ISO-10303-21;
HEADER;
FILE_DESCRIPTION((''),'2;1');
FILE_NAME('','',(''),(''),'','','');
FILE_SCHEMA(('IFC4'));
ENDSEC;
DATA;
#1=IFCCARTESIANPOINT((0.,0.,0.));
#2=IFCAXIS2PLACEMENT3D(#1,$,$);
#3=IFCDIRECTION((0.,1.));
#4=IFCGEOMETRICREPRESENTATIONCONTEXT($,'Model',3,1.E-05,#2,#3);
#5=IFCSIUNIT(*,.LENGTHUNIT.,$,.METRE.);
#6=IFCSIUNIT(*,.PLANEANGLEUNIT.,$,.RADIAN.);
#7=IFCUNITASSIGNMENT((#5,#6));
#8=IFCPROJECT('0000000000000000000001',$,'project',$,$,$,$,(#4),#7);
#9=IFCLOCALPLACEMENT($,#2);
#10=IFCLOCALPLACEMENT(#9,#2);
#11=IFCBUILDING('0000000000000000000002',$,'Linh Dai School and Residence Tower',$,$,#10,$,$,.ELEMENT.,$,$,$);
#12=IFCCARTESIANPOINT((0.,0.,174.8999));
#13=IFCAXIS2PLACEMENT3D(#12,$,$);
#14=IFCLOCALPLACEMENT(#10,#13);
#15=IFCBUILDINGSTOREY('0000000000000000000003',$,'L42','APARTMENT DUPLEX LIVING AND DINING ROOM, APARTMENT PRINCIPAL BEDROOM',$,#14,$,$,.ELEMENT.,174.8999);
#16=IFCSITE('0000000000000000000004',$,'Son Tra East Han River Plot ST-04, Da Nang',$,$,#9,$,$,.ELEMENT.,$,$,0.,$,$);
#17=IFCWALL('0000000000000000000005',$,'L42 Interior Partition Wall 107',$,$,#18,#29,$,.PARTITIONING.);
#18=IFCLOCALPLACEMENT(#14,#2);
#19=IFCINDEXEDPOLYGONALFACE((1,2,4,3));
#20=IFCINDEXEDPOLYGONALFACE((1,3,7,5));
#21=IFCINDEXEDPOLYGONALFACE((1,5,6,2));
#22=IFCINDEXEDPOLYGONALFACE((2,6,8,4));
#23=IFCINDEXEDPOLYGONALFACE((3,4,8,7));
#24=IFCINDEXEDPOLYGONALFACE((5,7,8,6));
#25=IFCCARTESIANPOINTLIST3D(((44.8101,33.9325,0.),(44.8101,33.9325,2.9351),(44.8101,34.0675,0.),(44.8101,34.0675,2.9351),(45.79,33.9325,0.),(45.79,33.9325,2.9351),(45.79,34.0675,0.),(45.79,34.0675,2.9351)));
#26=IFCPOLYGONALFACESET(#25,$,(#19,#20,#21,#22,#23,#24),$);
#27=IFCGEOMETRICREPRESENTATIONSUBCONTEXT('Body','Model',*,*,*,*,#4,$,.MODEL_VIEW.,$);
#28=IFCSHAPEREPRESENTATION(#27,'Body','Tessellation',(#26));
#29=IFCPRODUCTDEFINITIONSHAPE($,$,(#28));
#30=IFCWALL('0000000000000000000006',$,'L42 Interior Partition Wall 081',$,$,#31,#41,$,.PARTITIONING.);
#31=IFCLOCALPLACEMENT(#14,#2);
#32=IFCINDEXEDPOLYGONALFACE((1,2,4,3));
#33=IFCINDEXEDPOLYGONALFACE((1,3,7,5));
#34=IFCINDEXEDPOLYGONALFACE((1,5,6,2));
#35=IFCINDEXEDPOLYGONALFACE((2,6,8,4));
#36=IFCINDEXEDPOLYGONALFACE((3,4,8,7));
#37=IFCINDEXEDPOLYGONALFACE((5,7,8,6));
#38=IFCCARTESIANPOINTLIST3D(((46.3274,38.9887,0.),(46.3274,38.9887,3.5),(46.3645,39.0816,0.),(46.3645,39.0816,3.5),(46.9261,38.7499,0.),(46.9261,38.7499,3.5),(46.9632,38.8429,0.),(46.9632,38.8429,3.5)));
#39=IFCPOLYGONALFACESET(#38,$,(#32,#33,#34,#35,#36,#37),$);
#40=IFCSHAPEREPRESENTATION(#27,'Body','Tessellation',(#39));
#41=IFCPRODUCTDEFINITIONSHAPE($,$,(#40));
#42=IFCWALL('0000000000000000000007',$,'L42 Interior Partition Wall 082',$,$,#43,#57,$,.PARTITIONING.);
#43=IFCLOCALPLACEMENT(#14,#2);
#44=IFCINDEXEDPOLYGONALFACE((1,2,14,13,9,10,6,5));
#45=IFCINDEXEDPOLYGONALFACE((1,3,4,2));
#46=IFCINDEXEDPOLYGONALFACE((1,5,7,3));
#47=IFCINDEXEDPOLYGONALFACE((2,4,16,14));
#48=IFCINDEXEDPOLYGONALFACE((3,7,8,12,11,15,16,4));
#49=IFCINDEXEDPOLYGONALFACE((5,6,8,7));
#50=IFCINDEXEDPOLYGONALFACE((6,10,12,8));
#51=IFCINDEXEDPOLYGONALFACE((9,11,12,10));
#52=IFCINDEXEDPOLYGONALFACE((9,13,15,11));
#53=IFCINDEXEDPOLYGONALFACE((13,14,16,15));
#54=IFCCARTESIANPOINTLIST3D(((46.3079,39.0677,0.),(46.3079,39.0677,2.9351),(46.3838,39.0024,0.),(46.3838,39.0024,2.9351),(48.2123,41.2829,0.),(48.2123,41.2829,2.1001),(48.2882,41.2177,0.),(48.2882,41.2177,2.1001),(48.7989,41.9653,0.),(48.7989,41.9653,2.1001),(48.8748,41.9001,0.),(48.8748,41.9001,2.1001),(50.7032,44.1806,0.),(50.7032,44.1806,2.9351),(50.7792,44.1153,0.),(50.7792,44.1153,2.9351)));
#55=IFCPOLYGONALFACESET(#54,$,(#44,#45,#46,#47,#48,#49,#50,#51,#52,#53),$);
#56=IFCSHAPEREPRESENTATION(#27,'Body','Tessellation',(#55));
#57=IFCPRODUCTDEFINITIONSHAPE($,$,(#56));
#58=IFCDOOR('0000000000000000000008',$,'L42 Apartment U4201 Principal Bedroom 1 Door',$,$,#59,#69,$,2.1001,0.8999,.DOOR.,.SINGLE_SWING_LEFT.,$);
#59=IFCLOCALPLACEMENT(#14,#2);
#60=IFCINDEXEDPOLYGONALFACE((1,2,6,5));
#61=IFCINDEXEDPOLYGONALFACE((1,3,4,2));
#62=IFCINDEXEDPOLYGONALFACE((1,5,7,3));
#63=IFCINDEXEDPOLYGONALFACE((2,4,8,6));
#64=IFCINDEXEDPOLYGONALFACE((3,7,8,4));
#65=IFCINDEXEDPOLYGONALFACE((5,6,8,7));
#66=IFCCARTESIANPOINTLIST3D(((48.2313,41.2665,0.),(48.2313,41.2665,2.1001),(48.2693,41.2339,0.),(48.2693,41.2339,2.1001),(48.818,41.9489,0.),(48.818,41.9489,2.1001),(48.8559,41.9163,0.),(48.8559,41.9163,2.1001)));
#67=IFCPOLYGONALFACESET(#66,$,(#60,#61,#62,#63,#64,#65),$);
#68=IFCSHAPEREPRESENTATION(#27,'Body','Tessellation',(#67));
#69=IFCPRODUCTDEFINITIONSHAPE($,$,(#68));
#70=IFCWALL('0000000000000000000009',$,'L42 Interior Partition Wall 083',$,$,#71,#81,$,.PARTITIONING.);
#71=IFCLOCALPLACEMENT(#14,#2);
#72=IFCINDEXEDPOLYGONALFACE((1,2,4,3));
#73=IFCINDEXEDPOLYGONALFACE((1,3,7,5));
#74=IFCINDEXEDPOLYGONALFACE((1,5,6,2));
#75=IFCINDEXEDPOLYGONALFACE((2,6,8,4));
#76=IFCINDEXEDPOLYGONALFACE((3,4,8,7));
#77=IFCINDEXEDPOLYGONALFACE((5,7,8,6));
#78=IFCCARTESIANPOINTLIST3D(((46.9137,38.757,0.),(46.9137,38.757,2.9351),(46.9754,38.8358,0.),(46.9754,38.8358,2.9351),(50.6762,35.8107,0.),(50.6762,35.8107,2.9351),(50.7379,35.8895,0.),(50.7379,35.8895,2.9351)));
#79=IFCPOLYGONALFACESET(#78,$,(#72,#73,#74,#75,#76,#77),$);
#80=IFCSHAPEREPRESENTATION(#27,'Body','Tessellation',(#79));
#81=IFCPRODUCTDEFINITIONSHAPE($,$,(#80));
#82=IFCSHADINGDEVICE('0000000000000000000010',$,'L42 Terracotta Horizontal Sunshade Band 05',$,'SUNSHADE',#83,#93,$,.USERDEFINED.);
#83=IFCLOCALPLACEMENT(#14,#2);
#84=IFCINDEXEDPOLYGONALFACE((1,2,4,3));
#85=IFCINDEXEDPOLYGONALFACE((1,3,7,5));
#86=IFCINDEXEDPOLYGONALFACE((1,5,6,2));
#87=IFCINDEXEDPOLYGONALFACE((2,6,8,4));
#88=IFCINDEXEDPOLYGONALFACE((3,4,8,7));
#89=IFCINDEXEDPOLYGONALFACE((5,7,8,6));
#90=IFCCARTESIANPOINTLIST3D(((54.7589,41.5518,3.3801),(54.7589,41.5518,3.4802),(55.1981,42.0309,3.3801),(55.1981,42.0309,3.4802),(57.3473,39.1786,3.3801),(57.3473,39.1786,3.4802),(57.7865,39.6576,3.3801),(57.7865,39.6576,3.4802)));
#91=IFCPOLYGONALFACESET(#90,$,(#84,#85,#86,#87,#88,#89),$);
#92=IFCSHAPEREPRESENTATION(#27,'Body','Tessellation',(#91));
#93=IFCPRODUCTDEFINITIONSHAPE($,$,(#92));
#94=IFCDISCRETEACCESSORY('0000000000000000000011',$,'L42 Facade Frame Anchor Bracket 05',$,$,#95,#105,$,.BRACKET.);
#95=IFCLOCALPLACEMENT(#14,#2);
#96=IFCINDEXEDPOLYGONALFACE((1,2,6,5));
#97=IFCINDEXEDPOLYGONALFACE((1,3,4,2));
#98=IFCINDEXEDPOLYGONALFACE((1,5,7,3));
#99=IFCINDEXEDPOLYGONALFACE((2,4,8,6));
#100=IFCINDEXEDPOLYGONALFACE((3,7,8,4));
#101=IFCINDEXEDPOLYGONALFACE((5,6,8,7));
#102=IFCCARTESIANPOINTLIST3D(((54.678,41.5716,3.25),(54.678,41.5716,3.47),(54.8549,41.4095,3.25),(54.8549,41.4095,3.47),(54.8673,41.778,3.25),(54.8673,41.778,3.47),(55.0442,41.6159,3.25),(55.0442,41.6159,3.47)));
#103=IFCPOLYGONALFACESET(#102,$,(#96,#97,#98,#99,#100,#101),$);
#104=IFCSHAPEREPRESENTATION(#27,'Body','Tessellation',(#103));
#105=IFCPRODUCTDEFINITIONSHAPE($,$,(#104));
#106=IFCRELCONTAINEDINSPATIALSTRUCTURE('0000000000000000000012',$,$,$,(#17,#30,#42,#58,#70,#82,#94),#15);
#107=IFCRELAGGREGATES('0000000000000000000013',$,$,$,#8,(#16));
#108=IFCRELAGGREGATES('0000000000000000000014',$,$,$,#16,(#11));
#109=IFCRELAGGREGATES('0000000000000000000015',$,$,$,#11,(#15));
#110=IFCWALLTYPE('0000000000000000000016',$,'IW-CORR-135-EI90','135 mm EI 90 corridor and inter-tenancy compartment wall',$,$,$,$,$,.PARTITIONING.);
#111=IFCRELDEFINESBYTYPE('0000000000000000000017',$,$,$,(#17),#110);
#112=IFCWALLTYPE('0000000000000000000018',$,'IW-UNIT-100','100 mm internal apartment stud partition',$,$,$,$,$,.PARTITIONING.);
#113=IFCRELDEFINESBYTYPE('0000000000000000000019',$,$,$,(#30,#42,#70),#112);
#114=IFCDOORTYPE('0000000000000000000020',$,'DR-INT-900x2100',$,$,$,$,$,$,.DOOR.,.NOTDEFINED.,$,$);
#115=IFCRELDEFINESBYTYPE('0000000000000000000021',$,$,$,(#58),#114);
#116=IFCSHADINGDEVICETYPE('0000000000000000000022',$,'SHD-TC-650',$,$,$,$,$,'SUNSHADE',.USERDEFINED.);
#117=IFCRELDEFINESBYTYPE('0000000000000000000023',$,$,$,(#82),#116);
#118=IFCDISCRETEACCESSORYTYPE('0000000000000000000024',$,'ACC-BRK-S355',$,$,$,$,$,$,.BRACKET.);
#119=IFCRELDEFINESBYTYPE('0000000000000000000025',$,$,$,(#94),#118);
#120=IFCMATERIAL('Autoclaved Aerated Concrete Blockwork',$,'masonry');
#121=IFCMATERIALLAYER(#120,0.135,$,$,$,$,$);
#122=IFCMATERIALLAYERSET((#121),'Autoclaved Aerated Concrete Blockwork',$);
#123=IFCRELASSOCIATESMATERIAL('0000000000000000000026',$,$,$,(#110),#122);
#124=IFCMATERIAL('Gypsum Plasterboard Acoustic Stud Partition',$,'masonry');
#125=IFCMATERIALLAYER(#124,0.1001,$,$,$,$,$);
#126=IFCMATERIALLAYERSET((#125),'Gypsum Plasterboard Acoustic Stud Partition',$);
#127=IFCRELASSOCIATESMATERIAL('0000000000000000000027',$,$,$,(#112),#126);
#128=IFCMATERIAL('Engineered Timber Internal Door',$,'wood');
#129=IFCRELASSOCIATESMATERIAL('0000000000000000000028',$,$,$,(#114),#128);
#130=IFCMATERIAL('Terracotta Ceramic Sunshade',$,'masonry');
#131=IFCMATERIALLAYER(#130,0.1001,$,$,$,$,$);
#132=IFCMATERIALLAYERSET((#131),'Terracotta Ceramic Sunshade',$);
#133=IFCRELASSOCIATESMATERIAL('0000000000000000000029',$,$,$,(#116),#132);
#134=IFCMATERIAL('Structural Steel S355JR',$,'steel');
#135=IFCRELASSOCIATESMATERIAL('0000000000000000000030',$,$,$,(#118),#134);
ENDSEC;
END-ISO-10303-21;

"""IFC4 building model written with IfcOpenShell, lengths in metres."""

from ifc_helpers import new_model, si_unit, direction, frame, frame_2d, origin, origin_2d, place, context, subcontext, project, spatial, rectangle, extrude, source, transform, mapped, material, layer, layer_set, type_object, element, fill, save


model = new_model("IFC4")

# Units and contexts
model_context = context("Model", 3, precision=1e-05, world=origin(), true_north=direction((0.0, 1.0)))
body_context = subcontext(model_context, "Body", "Model", "MODEL_VIEW")
ifc_project = project(units=[si_unit("LENGTHUNIT", "METRE"), si_unit("PLANEANGLEUNIT", "RADIAN")], contexts=[model_context])

# Site, building, storey
site_placement = place(None, origin())
site = spatial("IfcSite", under=ifc_project, at=site_placement, Name="Son Tra East Han River Plot ST-04, Da Nang", CompositionType="ELEMENT", RefElevation=0.0)
building_placement = place(site_placement, origin())
building = spatial("IfcBuilding", under=site, at=building_placement, Name="Linh Dai School and Residence Tower", CompositionType="ELEMENT")
storey_placement = place(building_placement, frame((0.0, 0.0, 174.8999)))
storey = spatial("IfcBuildingStorey", under=building, at=storey_placement, Name="L42", Description="APARTMENT DUPLEX LIVING AND DINING ROOM, APARTMENT PRINCIPAL BEDROOM", CompositionType="ELEMENT", Elevation=174.8999)

# Shared definitions
ifc_material_1 = material(Name="Structural Steel S355JR", Category="steel")

# Shared definitions
ifc_material_2 = material(Name="Autoclaved Aerated Concrete Blockwork", Category="masonry")
ifc_layer_1 = layer(ifc_material_2, 0.135)
ifc_layer_set_1 = layer_set([ifc_layer_1], Name="Autoclaved Aerated Concrete Blockwork")
wall_type_1 = type_object("IfcWallType", Name="IW-CORR-135-EI90", Description="135 mm EI 90 corridor and inter-tenancy compartment wall", PredefinedType="PARTITIONING", material=ifc_layer_set_1)

# Walls
wall_1_placement = place(storey_placement, frame((45.79, 34.0, 0.0), z_axis=(0.0, 0.0, 1.0), x_axis=(-1.0, 0.0, 0.0)))
element("IfcWall", 1, at=wall_1_placement, inside=storey, type_object=wall_type_1, Name="L42 Interior Partition Wall 107", PredefinedType="PARTITIONING", context=body_context, shape_type="SweptSolid", body=[
    extrude(rectangle(XDim=0.98, YDim=0.135, at=frame_2d((0.49, 0.0))), origin(), (0.0, 0.0, 1.0), 2.9351),
])
ifc_material_3 = material(Name="Gypsum Plasterboard Acoustic Stud Partition", Category="masonry")
ifc_layer_2 = layer(ifc_material_3, 0.1001)
ifc_layer_set_2 = layer_set([ifc_layer_2], Name="Gypsum Plasterboard Acoustic Stud Partition")
wall_type_2 = type_object("IfcWallType", Name="IW-UNIT-100", Description="100 mm internal apartment stud partition", PredefinedType="PARTITIONING", material=ifc_layer_set_2)
wall_2_placement = place(storey_placement, frame((46.3459, 39.0352, 0.0), z_axis=(0.0, 0.0, 1.0), x_axis=(0.928842, -0.370476, 0.0)))
element("IfcWall", 2, at=wall_2_placement, inside=storey, type_object=wall_type_2, Name="L42 Interior Partition Wall 081", PredefinedType="PARTITIONING", context=body_context, shape_type="SweptSolid", body=[
    extrude(rectangle(XDim=0.6445, YDim=0.1001, at=frame_2d((0.3223, 0.0))), origin(), (0.0, 0.0, 1.0), 3.5),
])

# Wall, opening, door
wall_3_placement = place(storey_placement, frame((46.3459, 39.0352, 0.0), z_axis=(0.0, 0.0, 1.0), x_axis=(0.651891, 0.758313, 0.0)))
wall_3 = element("IfcWall", 3, at=wall_3_placement, inside=storey, type_object=wall_type_2, Name="L42 Interior Partition Wall 082", PredefinedType="PARTITIONING", context=body_context, shape_type="SweptSolid", body=[
    extrude(rectangle(XDim=6.7424, YDim=0.1001, at=frame_2d((3.3711, 0.0))), origin(), (0.0, 0.0, 1.0), 2.9351),
])
opening_1_placement = place(wall_3_placement, frame((2.9211, 0.0, 0.0)))
opening_1 = element("IfcOpeningElement", 4, at=opening_1_placement, cuts=wall_3, PredefinedType="OPENING", context=body_context, shape_type="SweptSolid", body=[
    extrude(rectangle(XDim=0.8999, YDim=2.1001, at=origin_2d()), frame((0.45, 0.0601, 1.05), z_axis=(0.0, -1.0, 0.0), x_axis=(1.0, 0.0, 0.0)), (0.0, 0.0, 1.0), 0.1201),
])
ifc_material_4 = material(Name="Engineered Timber Internal Door", Category="wood")
door_type_1 = type_object("IfcDoorType", Name="DR-INT-900x2100", OperationType="NOTDEFINED", PredefinedType="DOOR", material=ifc_material_4)
shared_shape_1 = source(origin(), body_context, "Body", "SweptSolid", [
    extrude(rectangle(XDim=0.8999, YDim=2.1001, at=origin_2d()), frame((0.45, 0.0249, 1.05), z_axis=(0.0, -1.0, 0.0), x_axis=(1.0, 0.0, 0.0)), (0.0, 0.0, 1.0), 0.05),
])
door_1_placement = place(opening_1_placement, origin())
door_1 = element("IfcDoor", 5, at=door_1_placement, inside=storey, type_object=door_type_1, Name="L42 Apartment U4201 Principal Bedroom 1 Door", OperationType="SINGLE_SWING_LEFT", OverallHeight=2.1001, OverallWidth=0.8999, PredefinedType="DOOR", context=body_context, shape_type="MappedRepresentation", body=[
    mapped(shared_shape_1, transform((0.0, 0.0, 0.0), x_axis=(1.0, 0.0, 0.0), y_axis=(0.0, 1.0, 0.0), z_axis=(0.0, 0.0, 1.0), scale=1.0)),
])
fill(opening_1, door_1)

# Wall
wall_4_placement = place(storey_placement, frame((46.9446, 38.7964, 0.0), z_axis=(0.0, 0.0, 1.0), x_axis=(0.787326, -0.616537, 0.0)))
element("IfcWall", 6, at=wall_4_placement, inside=storey, type_object=wall_type_2, Name="L42 Interior Partition Wall 083", PredefinedType="PARTITIONING", context=body_context, shape_type="SweptSolid", body=[
    extrude(rectangle(XDim=4.7788, YDim=0.1001, at=frame_2d((2.3894, 0.0))), origin(), (0.0, 0.0, 1.0), 2.9351),
])

# Shading device
ifc_material_5 = material(Name="Terracotta Ceramic Sunshade", Category="masonry")
ifc_layer_3 = layer(ifc_material_5, 0.1001)
ifc_layer_set_3 = layer_set([ifc_layer_3], Name="Terracotta Ceramic Sunshade")
shading_device_type = type_object("IfcShadingDeviceType", Name="SHD-TC-650", ElementType="SUNSHADE", PredefinedType="USERDEFINED", material=ifc_layer_set_3)
shared_shape_2 = source(origin(), body_context, "Body", "SweptSolid", [
    extrude(rectangle(XDim=3.5117, YDim=0.6499, at=origin_2d()), origin(), (0.0, 0.0, 1.0), 0.1001),
])
shading_device_placement = place(storey_placement, frame((56.2727, 40.6047, 3.3801), z_axis=(0.0, 0.0, 1.0), x_axis=(0.737085, -0.6758, 0.0)))
element("IfcShadingDevice", 7, at=shading_device_placement, inside=storey, type_object=shading_device_type, Name="L42 Terracotta Horizontal Sunshade Band 05", ObjectType="SUNSHADE", PredefinedType="USERDEFINED", context=body_context, shape_type="MappedRepresentation", body=[
    mapped(shared_shape_2, transform((0.0, 0.0, 0.0), x_axis=(1.0, 0.0, 0.0), y_axis=(0.0, 1.0, 0.0), z_axis=(0.0, 0.0, 1.0), scale=1.0)),
])

# Discrete accessory
discrete_accessory_type = type_object("IfcDiscreteAccessoryType", Name="ACC-BRK-S355", PredefinedType="BRACKET", material=ifc_material_1)
shared_shape_3 = source(origin(), body_context, "Body", "SweptSolid", [
    extrude(rectangle(XDim=0.28, YDim=0.24, at=origin_2d()), origin(), (0.0, 0.0, 1.0), 0.22),
])
discrete_accessory_placement = place(storey_placement, frame((54.8611, 41.5938, 3.25), z_axis=(0.0, 0.0, 1.0), x_axis=(0.6758, 0.737085, 0.0)))
element("IfcDiscreteAccessory", 8, at=discrete_accessory_placement, inside=storey, type_object=discrete_accessory_type, Name="L42 Facade Frame Anchor Bracket 05", PredefinedType="BRACKET", context=body_context, shape_type="MappedRepresentation", body=[
    mapped(shared_shape_3, transform((0.0, 0.0, 0.0), x_axis=(1.0, 0.0, 0.0), y_axis=(0.0, 1.0, 0.0), z_axis=(0.0, 0.0, 1.0), scale=1.0)),
])

save(model, "model.ifc")
